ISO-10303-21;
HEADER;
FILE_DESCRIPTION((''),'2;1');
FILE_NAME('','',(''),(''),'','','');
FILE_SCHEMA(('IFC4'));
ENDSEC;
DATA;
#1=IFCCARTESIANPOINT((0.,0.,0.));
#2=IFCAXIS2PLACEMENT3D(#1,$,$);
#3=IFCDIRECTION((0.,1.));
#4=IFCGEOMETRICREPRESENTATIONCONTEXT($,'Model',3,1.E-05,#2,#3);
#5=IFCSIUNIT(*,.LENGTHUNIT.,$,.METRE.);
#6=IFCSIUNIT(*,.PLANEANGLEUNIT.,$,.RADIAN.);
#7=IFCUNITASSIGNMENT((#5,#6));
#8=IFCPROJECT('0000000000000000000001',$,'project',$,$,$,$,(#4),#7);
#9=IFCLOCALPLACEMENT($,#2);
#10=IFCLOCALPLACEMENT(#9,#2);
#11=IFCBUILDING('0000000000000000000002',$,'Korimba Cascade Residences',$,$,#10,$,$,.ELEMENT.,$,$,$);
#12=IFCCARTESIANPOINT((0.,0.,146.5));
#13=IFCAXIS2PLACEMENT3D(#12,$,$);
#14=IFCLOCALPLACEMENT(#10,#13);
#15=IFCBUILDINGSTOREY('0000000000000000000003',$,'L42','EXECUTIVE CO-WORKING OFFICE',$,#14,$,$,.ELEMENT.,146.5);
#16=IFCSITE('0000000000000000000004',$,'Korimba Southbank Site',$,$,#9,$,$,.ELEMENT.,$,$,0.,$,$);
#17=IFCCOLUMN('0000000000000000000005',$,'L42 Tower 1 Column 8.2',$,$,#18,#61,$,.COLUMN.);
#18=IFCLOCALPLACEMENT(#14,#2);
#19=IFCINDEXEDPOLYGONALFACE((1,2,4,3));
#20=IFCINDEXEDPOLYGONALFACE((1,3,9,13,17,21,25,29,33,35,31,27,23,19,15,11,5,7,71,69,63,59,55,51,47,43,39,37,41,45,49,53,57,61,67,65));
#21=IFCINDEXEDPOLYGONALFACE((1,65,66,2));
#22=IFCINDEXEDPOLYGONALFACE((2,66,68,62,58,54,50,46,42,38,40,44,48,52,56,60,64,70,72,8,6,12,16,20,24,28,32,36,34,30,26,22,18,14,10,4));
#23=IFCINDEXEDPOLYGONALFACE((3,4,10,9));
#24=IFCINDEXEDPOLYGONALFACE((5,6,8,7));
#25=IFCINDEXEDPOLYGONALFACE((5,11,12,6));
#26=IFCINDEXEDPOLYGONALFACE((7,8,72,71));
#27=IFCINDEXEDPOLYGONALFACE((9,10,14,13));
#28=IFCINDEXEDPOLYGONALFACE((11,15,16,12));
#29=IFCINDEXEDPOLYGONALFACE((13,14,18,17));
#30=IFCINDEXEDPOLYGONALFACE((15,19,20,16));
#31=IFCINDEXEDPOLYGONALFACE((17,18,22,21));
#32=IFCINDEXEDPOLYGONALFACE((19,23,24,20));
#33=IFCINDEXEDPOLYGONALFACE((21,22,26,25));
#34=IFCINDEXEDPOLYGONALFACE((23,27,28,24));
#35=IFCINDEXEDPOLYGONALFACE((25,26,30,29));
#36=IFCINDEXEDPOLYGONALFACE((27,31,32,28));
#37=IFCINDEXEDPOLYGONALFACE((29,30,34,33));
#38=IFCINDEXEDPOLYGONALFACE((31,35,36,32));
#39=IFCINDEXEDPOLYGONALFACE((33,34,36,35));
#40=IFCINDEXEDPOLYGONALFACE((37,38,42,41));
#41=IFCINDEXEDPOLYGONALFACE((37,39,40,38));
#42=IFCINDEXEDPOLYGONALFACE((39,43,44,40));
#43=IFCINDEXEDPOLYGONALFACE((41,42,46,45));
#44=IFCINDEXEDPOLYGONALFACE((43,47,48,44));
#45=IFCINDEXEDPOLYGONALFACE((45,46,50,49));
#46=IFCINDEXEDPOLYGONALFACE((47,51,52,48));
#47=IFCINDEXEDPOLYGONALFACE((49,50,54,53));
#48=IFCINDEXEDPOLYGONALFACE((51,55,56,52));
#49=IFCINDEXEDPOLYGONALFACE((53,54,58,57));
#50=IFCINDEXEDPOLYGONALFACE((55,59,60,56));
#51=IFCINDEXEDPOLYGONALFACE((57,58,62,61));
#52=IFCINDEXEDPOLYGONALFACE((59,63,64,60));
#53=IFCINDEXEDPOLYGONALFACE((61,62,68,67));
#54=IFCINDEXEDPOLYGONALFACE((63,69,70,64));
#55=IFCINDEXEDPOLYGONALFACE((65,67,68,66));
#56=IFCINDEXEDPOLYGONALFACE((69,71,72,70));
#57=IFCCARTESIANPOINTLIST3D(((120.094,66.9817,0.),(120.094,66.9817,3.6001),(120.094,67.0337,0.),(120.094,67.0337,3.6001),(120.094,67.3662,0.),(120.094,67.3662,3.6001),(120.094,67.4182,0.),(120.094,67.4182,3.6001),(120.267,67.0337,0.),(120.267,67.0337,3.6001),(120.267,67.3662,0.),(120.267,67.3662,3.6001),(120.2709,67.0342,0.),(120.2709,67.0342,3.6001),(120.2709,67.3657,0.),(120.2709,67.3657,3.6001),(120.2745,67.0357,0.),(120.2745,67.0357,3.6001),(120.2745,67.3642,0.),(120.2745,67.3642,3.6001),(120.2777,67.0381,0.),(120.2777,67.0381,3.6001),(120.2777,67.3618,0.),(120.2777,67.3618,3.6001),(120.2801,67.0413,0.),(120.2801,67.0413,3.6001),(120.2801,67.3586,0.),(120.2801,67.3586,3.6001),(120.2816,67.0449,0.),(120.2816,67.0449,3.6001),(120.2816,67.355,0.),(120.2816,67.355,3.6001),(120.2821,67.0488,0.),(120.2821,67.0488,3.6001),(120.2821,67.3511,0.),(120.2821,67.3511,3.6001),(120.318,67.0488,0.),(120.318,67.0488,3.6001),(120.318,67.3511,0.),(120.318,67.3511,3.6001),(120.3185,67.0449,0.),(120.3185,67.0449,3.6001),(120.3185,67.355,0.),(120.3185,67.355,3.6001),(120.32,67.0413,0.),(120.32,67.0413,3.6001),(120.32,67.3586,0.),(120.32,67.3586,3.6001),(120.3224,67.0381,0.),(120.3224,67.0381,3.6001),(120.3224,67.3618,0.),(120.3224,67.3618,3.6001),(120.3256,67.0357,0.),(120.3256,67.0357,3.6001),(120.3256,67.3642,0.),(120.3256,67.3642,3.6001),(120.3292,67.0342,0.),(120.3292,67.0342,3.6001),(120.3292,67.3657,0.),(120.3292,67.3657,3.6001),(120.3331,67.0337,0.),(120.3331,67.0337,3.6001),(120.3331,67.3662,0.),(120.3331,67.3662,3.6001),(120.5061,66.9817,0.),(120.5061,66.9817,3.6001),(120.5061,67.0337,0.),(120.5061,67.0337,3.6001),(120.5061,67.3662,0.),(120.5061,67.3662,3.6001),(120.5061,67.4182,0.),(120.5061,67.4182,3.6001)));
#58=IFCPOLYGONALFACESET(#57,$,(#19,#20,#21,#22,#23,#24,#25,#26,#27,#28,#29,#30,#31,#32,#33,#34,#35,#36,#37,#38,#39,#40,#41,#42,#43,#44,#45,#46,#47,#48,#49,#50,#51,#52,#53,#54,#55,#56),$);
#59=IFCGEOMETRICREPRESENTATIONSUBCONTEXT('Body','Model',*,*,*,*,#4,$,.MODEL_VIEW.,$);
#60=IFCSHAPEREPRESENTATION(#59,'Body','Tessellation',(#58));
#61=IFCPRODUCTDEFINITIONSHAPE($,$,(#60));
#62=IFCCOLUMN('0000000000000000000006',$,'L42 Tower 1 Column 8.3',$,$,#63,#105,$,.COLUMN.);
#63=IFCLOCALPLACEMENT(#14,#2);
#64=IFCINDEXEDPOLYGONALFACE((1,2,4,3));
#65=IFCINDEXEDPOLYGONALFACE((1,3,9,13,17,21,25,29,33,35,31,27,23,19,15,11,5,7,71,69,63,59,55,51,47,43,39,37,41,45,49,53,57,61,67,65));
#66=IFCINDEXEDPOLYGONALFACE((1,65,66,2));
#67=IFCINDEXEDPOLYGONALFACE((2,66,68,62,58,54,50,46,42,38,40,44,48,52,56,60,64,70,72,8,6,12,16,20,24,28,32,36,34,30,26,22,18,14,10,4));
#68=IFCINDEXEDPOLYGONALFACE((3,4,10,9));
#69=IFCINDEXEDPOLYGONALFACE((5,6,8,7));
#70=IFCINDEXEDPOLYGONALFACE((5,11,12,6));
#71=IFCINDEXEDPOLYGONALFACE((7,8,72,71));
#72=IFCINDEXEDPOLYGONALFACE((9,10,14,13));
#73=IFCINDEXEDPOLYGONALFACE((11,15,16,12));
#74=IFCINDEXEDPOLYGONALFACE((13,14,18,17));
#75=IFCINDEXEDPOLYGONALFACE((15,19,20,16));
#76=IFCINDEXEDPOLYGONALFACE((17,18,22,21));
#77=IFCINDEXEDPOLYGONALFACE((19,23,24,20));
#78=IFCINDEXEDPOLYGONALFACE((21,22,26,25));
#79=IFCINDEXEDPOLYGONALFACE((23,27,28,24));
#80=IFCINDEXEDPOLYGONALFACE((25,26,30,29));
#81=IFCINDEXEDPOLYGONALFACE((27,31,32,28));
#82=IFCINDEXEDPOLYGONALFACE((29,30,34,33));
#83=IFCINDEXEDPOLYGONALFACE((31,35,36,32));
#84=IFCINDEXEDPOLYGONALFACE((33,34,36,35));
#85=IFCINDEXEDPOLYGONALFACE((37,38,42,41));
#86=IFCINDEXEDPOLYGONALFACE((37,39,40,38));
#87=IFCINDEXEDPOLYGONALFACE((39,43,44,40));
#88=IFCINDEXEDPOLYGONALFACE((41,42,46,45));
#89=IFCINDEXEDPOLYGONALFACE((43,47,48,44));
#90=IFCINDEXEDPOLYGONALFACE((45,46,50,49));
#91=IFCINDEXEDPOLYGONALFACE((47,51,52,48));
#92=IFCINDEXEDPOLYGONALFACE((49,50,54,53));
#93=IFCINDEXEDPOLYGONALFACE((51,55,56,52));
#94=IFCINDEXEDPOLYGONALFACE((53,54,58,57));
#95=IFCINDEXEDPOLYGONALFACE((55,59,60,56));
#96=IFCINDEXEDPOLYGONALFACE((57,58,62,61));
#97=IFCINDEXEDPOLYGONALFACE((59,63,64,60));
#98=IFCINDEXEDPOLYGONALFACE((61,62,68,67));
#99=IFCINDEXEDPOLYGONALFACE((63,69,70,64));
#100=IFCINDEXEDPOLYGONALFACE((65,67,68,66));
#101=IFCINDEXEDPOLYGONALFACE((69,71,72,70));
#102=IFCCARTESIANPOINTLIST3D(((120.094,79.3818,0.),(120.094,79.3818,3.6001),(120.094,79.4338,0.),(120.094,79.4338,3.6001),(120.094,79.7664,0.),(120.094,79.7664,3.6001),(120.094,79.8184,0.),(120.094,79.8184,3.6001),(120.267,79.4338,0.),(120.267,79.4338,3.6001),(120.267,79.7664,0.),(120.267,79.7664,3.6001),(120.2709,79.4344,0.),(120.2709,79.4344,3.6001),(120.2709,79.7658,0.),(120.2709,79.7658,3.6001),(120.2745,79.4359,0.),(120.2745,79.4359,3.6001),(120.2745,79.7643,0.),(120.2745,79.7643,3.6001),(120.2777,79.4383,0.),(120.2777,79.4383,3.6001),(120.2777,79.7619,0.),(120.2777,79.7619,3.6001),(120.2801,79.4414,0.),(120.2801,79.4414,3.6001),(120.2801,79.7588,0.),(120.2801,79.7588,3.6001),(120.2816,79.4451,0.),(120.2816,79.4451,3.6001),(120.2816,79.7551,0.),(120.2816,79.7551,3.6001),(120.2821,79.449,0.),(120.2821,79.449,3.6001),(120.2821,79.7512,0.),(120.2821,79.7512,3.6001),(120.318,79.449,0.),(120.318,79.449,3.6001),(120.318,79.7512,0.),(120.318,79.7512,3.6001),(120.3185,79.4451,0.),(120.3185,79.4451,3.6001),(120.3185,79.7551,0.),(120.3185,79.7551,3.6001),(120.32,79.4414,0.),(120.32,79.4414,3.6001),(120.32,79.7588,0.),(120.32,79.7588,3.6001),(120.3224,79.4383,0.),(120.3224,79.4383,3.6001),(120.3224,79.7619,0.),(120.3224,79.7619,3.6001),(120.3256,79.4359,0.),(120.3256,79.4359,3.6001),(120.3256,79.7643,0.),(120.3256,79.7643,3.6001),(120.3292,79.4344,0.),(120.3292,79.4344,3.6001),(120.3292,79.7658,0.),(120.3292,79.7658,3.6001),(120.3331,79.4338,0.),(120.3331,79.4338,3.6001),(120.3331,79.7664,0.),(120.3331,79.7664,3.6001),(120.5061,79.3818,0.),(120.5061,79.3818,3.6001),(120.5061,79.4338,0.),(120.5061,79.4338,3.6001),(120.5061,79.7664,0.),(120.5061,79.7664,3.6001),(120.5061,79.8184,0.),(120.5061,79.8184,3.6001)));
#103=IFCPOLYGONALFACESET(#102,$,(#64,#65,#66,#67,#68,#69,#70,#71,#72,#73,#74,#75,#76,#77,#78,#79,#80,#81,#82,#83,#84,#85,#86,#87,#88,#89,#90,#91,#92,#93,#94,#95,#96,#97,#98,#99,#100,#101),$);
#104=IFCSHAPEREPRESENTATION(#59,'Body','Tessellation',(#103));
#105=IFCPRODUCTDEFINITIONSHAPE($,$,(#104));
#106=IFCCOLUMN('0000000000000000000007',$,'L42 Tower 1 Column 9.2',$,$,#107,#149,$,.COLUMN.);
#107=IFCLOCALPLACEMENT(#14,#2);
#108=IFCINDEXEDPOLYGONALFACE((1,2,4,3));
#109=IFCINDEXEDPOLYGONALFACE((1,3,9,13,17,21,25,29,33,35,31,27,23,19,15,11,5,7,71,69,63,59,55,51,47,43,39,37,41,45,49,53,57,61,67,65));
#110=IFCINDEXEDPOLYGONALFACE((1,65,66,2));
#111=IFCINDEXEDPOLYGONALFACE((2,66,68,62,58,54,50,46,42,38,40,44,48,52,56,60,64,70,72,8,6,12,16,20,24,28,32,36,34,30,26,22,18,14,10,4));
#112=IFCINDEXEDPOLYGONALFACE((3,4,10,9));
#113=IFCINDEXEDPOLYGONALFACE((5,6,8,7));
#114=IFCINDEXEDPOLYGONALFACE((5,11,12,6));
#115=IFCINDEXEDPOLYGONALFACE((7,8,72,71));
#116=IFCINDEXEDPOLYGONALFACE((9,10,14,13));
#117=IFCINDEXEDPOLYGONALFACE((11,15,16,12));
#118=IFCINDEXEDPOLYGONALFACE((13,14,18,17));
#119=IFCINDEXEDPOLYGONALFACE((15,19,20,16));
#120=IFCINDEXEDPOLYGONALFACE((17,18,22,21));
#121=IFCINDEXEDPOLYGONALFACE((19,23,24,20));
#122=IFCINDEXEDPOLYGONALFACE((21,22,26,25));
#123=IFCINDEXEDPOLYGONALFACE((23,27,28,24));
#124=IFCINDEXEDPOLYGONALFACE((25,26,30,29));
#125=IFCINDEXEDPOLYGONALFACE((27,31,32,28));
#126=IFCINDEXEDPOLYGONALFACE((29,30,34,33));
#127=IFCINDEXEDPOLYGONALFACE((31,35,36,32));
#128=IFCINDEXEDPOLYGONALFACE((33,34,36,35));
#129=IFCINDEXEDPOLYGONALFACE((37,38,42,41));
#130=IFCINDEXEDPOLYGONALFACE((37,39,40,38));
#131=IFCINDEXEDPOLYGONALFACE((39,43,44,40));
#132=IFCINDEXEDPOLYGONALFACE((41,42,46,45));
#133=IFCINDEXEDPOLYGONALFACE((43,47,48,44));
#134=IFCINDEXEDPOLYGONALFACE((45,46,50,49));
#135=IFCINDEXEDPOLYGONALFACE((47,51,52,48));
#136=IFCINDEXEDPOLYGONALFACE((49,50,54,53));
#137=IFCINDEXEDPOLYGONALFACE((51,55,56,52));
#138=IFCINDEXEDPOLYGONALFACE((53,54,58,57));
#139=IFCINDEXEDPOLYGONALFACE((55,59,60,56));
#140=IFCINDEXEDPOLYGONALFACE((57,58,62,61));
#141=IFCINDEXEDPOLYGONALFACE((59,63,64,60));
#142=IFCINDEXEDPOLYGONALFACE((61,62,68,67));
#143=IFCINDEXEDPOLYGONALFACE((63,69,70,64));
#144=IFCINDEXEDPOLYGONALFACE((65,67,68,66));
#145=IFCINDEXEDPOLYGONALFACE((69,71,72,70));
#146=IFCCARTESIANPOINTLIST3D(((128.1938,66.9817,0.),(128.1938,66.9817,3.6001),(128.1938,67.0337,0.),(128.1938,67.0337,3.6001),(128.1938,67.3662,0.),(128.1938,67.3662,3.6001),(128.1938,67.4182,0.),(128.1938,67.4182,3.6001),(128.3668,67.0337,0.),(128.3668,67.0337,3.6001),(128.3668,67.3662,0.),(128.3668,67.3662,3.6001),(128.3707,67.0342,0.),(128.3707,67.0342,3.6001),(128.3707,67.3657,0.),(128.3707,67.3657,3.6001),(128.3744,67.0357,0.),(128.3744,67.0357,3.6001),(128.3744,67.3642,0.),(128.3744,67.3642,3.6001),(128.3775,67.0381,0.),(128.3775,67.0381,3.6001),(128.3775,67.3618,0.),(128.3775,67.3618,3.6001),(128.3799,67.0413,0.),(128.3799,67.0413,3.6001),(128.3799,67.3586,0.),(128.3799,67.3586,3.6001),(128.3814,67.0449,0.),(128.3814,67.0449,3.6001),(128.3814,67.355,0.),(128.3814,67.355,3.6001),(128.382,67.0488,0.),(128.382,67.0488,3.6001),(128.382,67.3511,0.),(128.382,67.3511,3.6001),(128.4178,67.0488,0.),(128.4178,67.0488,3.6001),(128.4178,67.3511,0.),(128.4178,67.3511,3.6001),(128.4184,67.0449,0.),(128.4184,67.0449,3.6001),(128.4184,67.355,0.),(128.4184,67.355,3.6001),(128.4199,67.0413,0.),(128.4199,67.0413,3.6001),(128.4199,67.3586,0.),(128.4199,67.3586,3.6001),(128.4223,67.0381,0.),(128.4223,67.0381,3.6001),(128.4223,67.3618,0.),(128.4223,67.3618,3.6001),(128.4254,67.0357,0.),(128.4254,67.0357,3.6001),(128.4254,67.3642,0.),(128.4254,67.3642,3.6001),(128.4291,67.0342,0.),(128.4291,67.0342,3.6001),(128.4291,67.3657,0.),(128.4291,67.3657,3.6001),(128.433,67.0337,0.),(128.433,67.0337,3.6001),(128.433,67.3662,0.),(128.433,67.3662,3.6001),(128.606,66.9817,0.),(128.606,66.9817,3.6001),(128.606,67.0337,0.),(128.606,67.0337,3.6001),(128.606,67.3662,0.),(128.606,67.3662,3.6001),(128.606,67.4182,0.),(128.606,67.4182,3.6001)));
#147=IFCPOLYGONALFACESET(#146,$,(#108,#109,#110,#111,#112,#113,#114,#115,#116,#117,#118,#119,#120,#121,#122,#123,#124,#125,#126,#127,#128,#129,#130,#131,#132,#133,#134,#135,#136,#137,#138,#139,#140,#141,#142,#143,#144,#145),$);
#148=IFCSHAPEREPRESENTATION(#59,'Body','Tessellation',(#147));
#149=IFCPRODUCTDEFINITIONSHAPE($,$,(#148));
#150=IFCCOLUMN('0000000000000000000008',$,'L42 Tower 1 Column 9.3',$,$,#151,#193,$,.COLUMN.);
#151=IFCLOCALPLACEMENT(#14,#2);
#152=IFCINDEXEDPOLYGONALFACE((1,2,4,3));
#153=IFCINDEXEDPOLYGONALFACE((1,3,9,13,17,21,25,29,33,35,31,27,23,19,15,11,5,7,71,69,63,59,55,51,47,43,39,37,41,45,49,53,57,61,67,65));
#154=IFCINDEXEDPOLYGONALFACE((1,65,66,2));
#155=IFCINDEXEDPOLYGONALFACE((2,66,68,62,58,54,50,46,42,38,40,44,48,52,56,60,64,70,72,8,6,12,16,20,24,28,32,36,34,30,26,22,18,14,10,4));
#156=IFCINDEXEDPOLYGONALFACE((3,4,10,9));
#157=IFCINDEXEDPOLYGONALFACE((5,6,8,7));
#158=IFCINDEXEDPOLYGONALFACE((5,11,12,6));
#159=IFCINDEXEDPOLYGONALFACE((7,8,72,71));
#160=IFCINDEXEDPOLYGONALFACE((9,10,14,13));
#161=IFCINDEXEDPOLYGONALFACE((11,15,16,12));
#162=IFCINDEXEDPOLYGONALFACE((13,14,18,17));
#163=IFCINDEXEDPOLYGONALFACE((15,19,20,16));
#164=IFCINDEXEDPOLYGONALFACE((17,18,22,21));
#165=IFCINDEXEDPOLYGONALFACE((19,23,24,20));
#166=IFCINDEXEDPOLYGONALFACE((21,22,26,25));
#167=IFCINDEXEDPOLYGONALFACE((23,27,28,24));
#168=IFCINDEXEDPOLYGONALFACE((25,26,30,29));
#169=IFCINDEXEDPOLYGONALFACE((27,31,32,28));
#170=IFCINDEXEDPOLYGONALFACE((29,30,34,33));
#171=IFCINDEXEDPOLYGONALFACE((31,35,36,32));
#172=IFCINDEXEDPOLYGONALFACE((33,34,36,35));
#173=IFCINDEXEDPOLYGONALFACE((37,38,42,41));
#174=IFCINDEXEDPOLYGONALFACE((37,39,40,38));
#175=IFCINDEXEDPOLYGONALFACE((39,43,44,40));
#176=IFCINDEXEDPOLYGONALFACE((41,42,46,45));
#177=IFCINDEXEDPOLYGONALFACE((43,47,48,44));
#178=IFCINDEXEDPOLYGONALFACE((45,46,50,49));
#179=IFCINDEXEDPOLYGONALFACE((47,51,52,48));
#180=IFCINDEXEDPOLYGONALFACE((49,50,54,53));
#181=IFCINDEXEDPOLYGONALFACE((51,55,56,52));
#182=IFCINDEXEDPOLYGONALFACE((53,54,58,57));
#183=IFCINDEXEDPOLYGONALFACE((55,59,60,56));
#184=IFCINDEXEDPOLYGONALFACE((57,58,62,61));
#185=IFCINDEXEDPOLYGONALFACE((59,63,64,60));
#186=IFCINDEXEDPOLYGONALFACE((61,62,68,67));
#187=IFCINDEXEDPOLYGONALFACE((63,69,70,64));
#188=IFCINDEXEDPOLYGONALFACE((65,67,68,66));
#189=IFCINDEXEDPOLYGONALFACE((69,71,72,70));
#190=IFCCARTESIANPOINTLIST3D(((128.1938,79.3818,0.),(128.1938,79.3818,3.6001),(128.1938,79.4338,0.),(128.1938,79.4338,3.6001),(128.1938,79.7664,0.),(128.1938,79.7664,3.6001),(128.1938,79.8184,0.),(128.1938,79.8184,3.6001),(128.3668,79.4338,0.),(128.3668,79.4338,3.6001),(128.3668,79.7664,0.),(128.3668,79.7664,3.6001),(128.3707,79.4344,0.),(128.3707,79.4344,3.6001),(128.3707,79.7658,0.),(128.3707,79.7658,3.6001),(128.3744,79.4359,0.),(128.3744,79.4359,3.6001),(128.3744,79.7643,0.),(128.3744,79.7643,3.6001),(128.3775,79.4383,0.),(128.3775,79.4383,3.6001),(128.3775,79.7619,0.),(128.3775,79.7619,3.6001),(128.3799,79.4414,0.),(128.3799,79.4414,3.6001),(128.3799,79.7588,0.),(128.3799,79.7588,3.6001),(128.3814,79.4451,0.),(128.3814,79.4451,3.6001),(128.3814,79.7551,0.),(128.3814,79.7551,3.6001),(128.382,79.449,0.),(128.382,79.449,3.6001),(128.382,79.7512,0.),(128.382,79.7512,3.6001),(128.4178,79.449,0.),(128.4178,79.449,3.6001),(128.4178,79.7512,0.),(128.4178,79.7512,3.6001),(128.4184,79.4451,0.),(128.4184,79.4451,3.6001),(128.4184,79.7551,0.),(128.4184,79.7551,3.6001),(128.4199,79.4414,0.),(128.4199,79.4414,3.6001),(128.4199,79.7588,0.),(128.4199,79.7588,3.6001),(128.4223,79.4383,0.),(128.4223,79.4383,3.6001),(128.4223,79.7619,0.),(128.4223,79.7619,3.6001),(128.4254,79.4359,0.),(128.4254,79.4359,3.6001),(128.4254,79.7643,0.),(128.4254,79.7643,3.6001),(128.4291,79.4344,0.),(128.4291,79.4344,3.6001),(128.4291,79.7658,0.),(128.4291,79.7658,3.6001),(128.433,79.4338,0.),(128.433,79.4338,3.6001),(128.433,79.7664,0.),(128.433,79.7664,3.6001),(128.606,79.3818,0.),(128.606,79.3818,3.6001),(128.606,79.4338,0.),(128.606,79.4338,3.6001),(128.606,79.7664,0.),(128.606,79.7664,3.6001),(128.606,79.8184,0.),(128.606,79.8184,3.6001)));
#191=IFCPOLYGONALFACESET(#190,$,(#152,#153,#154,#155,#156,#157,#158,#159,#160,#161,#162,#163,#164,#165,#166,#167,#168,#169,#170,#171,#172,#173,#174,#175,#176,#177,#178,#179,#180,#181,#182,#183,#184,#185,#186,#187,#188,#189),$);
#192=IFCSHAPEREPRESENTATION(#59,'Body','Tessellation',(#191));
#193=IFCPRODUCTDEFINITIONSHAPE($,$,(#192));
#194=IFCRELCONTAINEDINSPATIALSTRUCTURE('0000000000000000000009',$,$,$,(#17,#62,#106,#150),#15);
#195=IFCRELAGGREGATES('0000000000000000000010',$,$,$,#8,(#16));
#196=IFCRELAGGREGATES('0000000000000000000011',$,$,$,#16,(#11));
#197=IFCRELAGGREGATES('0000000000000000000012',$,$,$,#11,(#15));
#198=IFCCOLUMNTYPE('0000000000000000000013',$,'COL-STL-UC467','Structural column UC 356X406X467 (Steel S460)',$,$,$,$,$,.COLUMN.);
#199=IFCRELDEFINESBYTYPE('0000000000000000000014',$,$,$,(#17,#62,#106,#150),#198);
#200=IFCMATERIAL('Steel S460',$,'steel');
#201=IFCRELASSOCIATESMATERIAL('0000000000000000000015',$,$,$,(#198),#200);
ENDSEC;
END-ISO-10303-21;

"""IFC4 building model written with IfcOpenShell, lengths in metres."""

from ifc_helpers import new_model, si_unit, direction, frame, origin, origin_2d, place, context, subcontext, project, spatial, i_section, extrude, material, material_profile, profile_set, type_object, element, save


model = new_model("IFC4")

# Units and contexts
model_context = context("Model", 3, precision=1e-05, world=origin(), true_north=direction((0.0, 1.0)))
body_context = subcontext(model_context, "Body", "Model", "MODEL_VIEW")
ifc_project = project(units=[si_unit("LENGTHUNIT", "METRE"), si_unit("PLANEANGLEUNIT", "RADIAN")], contexts=[model_context])

# Site, building, storey
site_placement = place(None, origin())
site = spatial("IfcSite", under=ifc_project, at=site_placement, Name="Korimba Southbank Site", CompositionType="ELEMENT", RefElevation=0.0)
building_placement = place(site_placement, origin())
building = spatial("IfcBuilding", under=site, at=building_placement, Name="Korimba Cascade Residences", CompositionType="ELEMENT")
storey_placement = place(building_placement, frame((0.0, 0.0, 146.5)))
storey = spatial("IfcBuildingStorey", under=building, at=storey_placement, Name="L42", Description="EXECUTIVE CO-WORKING OFFICE", CompositionType="ELEMENT", Elevation=146.5)

# Columns
ifc_material_1 = material(Name="Steel S460", Category="steel")
ifc_material_profile_1 = material_profile(ifc_material_1, i_section(OverallWidth=0.4121, OverallDepth=0.4365, WebThickness=0.0359, FlangeThickness=0.052, FilletRadius=0.0151, at=origin_2d()), Name="Steel S460")
ifc_profile_set_1 = profile_set([ifc_material_profile_1], Name="Steel S460")
column_type = type_object("IfcColumnType", Name="COL-STL-UC467", Description="Structural column UC 356X406X467 (Steel S460)", PredefinedType="COLUMN", material=ifc_profile_set_1)
for number, where, z_axis, x_axis, name in (
    (1, (120.3, 67.2, 0.0), (0.0, 0.0, 1.0), (1.0, 0.0, 0.0), "L42 Tower 1 Column 8.2"),
    (2, (120.3, 79.6001, 0.0), (0.0, 0.0, 1.0), (1.0, 0.0, 0.0), "L42 Tower 1 Column 8.3"),
    (3, (128.3999, 67.2, 0.0), (0.0, 0.0, 1.0), (1.0, 0.0, 0.0), "L42 Tower 1 Column 9.2"),
    (4, (128.3999, 79.6001, 0.0), (0.0, 0.0, 1.0), (1.0, 0.0, 0.0), "L42 Tower 1 Column 9.3"),
):
    element("IfcColumn", number, at=place(storey_placement, frame(where, z_axis=z_axis, x_axis=x_axis)), inside=storey, type_object=column_type, Name=name, PredefinedType="COLUMN", context=body_context, shape_type="SweptSolid", body=[
        extrude(i_section(OverallWidth=0.4121, OverallDepth=0.4365, WebThickness=0.0359, FlangeThickness=0.052, FilletRadius=0.0151, at=origin_2d()), origin(), (0.0, 0.0, 1.0), 3.6001),
    ])

save(model, "model.ifc")
